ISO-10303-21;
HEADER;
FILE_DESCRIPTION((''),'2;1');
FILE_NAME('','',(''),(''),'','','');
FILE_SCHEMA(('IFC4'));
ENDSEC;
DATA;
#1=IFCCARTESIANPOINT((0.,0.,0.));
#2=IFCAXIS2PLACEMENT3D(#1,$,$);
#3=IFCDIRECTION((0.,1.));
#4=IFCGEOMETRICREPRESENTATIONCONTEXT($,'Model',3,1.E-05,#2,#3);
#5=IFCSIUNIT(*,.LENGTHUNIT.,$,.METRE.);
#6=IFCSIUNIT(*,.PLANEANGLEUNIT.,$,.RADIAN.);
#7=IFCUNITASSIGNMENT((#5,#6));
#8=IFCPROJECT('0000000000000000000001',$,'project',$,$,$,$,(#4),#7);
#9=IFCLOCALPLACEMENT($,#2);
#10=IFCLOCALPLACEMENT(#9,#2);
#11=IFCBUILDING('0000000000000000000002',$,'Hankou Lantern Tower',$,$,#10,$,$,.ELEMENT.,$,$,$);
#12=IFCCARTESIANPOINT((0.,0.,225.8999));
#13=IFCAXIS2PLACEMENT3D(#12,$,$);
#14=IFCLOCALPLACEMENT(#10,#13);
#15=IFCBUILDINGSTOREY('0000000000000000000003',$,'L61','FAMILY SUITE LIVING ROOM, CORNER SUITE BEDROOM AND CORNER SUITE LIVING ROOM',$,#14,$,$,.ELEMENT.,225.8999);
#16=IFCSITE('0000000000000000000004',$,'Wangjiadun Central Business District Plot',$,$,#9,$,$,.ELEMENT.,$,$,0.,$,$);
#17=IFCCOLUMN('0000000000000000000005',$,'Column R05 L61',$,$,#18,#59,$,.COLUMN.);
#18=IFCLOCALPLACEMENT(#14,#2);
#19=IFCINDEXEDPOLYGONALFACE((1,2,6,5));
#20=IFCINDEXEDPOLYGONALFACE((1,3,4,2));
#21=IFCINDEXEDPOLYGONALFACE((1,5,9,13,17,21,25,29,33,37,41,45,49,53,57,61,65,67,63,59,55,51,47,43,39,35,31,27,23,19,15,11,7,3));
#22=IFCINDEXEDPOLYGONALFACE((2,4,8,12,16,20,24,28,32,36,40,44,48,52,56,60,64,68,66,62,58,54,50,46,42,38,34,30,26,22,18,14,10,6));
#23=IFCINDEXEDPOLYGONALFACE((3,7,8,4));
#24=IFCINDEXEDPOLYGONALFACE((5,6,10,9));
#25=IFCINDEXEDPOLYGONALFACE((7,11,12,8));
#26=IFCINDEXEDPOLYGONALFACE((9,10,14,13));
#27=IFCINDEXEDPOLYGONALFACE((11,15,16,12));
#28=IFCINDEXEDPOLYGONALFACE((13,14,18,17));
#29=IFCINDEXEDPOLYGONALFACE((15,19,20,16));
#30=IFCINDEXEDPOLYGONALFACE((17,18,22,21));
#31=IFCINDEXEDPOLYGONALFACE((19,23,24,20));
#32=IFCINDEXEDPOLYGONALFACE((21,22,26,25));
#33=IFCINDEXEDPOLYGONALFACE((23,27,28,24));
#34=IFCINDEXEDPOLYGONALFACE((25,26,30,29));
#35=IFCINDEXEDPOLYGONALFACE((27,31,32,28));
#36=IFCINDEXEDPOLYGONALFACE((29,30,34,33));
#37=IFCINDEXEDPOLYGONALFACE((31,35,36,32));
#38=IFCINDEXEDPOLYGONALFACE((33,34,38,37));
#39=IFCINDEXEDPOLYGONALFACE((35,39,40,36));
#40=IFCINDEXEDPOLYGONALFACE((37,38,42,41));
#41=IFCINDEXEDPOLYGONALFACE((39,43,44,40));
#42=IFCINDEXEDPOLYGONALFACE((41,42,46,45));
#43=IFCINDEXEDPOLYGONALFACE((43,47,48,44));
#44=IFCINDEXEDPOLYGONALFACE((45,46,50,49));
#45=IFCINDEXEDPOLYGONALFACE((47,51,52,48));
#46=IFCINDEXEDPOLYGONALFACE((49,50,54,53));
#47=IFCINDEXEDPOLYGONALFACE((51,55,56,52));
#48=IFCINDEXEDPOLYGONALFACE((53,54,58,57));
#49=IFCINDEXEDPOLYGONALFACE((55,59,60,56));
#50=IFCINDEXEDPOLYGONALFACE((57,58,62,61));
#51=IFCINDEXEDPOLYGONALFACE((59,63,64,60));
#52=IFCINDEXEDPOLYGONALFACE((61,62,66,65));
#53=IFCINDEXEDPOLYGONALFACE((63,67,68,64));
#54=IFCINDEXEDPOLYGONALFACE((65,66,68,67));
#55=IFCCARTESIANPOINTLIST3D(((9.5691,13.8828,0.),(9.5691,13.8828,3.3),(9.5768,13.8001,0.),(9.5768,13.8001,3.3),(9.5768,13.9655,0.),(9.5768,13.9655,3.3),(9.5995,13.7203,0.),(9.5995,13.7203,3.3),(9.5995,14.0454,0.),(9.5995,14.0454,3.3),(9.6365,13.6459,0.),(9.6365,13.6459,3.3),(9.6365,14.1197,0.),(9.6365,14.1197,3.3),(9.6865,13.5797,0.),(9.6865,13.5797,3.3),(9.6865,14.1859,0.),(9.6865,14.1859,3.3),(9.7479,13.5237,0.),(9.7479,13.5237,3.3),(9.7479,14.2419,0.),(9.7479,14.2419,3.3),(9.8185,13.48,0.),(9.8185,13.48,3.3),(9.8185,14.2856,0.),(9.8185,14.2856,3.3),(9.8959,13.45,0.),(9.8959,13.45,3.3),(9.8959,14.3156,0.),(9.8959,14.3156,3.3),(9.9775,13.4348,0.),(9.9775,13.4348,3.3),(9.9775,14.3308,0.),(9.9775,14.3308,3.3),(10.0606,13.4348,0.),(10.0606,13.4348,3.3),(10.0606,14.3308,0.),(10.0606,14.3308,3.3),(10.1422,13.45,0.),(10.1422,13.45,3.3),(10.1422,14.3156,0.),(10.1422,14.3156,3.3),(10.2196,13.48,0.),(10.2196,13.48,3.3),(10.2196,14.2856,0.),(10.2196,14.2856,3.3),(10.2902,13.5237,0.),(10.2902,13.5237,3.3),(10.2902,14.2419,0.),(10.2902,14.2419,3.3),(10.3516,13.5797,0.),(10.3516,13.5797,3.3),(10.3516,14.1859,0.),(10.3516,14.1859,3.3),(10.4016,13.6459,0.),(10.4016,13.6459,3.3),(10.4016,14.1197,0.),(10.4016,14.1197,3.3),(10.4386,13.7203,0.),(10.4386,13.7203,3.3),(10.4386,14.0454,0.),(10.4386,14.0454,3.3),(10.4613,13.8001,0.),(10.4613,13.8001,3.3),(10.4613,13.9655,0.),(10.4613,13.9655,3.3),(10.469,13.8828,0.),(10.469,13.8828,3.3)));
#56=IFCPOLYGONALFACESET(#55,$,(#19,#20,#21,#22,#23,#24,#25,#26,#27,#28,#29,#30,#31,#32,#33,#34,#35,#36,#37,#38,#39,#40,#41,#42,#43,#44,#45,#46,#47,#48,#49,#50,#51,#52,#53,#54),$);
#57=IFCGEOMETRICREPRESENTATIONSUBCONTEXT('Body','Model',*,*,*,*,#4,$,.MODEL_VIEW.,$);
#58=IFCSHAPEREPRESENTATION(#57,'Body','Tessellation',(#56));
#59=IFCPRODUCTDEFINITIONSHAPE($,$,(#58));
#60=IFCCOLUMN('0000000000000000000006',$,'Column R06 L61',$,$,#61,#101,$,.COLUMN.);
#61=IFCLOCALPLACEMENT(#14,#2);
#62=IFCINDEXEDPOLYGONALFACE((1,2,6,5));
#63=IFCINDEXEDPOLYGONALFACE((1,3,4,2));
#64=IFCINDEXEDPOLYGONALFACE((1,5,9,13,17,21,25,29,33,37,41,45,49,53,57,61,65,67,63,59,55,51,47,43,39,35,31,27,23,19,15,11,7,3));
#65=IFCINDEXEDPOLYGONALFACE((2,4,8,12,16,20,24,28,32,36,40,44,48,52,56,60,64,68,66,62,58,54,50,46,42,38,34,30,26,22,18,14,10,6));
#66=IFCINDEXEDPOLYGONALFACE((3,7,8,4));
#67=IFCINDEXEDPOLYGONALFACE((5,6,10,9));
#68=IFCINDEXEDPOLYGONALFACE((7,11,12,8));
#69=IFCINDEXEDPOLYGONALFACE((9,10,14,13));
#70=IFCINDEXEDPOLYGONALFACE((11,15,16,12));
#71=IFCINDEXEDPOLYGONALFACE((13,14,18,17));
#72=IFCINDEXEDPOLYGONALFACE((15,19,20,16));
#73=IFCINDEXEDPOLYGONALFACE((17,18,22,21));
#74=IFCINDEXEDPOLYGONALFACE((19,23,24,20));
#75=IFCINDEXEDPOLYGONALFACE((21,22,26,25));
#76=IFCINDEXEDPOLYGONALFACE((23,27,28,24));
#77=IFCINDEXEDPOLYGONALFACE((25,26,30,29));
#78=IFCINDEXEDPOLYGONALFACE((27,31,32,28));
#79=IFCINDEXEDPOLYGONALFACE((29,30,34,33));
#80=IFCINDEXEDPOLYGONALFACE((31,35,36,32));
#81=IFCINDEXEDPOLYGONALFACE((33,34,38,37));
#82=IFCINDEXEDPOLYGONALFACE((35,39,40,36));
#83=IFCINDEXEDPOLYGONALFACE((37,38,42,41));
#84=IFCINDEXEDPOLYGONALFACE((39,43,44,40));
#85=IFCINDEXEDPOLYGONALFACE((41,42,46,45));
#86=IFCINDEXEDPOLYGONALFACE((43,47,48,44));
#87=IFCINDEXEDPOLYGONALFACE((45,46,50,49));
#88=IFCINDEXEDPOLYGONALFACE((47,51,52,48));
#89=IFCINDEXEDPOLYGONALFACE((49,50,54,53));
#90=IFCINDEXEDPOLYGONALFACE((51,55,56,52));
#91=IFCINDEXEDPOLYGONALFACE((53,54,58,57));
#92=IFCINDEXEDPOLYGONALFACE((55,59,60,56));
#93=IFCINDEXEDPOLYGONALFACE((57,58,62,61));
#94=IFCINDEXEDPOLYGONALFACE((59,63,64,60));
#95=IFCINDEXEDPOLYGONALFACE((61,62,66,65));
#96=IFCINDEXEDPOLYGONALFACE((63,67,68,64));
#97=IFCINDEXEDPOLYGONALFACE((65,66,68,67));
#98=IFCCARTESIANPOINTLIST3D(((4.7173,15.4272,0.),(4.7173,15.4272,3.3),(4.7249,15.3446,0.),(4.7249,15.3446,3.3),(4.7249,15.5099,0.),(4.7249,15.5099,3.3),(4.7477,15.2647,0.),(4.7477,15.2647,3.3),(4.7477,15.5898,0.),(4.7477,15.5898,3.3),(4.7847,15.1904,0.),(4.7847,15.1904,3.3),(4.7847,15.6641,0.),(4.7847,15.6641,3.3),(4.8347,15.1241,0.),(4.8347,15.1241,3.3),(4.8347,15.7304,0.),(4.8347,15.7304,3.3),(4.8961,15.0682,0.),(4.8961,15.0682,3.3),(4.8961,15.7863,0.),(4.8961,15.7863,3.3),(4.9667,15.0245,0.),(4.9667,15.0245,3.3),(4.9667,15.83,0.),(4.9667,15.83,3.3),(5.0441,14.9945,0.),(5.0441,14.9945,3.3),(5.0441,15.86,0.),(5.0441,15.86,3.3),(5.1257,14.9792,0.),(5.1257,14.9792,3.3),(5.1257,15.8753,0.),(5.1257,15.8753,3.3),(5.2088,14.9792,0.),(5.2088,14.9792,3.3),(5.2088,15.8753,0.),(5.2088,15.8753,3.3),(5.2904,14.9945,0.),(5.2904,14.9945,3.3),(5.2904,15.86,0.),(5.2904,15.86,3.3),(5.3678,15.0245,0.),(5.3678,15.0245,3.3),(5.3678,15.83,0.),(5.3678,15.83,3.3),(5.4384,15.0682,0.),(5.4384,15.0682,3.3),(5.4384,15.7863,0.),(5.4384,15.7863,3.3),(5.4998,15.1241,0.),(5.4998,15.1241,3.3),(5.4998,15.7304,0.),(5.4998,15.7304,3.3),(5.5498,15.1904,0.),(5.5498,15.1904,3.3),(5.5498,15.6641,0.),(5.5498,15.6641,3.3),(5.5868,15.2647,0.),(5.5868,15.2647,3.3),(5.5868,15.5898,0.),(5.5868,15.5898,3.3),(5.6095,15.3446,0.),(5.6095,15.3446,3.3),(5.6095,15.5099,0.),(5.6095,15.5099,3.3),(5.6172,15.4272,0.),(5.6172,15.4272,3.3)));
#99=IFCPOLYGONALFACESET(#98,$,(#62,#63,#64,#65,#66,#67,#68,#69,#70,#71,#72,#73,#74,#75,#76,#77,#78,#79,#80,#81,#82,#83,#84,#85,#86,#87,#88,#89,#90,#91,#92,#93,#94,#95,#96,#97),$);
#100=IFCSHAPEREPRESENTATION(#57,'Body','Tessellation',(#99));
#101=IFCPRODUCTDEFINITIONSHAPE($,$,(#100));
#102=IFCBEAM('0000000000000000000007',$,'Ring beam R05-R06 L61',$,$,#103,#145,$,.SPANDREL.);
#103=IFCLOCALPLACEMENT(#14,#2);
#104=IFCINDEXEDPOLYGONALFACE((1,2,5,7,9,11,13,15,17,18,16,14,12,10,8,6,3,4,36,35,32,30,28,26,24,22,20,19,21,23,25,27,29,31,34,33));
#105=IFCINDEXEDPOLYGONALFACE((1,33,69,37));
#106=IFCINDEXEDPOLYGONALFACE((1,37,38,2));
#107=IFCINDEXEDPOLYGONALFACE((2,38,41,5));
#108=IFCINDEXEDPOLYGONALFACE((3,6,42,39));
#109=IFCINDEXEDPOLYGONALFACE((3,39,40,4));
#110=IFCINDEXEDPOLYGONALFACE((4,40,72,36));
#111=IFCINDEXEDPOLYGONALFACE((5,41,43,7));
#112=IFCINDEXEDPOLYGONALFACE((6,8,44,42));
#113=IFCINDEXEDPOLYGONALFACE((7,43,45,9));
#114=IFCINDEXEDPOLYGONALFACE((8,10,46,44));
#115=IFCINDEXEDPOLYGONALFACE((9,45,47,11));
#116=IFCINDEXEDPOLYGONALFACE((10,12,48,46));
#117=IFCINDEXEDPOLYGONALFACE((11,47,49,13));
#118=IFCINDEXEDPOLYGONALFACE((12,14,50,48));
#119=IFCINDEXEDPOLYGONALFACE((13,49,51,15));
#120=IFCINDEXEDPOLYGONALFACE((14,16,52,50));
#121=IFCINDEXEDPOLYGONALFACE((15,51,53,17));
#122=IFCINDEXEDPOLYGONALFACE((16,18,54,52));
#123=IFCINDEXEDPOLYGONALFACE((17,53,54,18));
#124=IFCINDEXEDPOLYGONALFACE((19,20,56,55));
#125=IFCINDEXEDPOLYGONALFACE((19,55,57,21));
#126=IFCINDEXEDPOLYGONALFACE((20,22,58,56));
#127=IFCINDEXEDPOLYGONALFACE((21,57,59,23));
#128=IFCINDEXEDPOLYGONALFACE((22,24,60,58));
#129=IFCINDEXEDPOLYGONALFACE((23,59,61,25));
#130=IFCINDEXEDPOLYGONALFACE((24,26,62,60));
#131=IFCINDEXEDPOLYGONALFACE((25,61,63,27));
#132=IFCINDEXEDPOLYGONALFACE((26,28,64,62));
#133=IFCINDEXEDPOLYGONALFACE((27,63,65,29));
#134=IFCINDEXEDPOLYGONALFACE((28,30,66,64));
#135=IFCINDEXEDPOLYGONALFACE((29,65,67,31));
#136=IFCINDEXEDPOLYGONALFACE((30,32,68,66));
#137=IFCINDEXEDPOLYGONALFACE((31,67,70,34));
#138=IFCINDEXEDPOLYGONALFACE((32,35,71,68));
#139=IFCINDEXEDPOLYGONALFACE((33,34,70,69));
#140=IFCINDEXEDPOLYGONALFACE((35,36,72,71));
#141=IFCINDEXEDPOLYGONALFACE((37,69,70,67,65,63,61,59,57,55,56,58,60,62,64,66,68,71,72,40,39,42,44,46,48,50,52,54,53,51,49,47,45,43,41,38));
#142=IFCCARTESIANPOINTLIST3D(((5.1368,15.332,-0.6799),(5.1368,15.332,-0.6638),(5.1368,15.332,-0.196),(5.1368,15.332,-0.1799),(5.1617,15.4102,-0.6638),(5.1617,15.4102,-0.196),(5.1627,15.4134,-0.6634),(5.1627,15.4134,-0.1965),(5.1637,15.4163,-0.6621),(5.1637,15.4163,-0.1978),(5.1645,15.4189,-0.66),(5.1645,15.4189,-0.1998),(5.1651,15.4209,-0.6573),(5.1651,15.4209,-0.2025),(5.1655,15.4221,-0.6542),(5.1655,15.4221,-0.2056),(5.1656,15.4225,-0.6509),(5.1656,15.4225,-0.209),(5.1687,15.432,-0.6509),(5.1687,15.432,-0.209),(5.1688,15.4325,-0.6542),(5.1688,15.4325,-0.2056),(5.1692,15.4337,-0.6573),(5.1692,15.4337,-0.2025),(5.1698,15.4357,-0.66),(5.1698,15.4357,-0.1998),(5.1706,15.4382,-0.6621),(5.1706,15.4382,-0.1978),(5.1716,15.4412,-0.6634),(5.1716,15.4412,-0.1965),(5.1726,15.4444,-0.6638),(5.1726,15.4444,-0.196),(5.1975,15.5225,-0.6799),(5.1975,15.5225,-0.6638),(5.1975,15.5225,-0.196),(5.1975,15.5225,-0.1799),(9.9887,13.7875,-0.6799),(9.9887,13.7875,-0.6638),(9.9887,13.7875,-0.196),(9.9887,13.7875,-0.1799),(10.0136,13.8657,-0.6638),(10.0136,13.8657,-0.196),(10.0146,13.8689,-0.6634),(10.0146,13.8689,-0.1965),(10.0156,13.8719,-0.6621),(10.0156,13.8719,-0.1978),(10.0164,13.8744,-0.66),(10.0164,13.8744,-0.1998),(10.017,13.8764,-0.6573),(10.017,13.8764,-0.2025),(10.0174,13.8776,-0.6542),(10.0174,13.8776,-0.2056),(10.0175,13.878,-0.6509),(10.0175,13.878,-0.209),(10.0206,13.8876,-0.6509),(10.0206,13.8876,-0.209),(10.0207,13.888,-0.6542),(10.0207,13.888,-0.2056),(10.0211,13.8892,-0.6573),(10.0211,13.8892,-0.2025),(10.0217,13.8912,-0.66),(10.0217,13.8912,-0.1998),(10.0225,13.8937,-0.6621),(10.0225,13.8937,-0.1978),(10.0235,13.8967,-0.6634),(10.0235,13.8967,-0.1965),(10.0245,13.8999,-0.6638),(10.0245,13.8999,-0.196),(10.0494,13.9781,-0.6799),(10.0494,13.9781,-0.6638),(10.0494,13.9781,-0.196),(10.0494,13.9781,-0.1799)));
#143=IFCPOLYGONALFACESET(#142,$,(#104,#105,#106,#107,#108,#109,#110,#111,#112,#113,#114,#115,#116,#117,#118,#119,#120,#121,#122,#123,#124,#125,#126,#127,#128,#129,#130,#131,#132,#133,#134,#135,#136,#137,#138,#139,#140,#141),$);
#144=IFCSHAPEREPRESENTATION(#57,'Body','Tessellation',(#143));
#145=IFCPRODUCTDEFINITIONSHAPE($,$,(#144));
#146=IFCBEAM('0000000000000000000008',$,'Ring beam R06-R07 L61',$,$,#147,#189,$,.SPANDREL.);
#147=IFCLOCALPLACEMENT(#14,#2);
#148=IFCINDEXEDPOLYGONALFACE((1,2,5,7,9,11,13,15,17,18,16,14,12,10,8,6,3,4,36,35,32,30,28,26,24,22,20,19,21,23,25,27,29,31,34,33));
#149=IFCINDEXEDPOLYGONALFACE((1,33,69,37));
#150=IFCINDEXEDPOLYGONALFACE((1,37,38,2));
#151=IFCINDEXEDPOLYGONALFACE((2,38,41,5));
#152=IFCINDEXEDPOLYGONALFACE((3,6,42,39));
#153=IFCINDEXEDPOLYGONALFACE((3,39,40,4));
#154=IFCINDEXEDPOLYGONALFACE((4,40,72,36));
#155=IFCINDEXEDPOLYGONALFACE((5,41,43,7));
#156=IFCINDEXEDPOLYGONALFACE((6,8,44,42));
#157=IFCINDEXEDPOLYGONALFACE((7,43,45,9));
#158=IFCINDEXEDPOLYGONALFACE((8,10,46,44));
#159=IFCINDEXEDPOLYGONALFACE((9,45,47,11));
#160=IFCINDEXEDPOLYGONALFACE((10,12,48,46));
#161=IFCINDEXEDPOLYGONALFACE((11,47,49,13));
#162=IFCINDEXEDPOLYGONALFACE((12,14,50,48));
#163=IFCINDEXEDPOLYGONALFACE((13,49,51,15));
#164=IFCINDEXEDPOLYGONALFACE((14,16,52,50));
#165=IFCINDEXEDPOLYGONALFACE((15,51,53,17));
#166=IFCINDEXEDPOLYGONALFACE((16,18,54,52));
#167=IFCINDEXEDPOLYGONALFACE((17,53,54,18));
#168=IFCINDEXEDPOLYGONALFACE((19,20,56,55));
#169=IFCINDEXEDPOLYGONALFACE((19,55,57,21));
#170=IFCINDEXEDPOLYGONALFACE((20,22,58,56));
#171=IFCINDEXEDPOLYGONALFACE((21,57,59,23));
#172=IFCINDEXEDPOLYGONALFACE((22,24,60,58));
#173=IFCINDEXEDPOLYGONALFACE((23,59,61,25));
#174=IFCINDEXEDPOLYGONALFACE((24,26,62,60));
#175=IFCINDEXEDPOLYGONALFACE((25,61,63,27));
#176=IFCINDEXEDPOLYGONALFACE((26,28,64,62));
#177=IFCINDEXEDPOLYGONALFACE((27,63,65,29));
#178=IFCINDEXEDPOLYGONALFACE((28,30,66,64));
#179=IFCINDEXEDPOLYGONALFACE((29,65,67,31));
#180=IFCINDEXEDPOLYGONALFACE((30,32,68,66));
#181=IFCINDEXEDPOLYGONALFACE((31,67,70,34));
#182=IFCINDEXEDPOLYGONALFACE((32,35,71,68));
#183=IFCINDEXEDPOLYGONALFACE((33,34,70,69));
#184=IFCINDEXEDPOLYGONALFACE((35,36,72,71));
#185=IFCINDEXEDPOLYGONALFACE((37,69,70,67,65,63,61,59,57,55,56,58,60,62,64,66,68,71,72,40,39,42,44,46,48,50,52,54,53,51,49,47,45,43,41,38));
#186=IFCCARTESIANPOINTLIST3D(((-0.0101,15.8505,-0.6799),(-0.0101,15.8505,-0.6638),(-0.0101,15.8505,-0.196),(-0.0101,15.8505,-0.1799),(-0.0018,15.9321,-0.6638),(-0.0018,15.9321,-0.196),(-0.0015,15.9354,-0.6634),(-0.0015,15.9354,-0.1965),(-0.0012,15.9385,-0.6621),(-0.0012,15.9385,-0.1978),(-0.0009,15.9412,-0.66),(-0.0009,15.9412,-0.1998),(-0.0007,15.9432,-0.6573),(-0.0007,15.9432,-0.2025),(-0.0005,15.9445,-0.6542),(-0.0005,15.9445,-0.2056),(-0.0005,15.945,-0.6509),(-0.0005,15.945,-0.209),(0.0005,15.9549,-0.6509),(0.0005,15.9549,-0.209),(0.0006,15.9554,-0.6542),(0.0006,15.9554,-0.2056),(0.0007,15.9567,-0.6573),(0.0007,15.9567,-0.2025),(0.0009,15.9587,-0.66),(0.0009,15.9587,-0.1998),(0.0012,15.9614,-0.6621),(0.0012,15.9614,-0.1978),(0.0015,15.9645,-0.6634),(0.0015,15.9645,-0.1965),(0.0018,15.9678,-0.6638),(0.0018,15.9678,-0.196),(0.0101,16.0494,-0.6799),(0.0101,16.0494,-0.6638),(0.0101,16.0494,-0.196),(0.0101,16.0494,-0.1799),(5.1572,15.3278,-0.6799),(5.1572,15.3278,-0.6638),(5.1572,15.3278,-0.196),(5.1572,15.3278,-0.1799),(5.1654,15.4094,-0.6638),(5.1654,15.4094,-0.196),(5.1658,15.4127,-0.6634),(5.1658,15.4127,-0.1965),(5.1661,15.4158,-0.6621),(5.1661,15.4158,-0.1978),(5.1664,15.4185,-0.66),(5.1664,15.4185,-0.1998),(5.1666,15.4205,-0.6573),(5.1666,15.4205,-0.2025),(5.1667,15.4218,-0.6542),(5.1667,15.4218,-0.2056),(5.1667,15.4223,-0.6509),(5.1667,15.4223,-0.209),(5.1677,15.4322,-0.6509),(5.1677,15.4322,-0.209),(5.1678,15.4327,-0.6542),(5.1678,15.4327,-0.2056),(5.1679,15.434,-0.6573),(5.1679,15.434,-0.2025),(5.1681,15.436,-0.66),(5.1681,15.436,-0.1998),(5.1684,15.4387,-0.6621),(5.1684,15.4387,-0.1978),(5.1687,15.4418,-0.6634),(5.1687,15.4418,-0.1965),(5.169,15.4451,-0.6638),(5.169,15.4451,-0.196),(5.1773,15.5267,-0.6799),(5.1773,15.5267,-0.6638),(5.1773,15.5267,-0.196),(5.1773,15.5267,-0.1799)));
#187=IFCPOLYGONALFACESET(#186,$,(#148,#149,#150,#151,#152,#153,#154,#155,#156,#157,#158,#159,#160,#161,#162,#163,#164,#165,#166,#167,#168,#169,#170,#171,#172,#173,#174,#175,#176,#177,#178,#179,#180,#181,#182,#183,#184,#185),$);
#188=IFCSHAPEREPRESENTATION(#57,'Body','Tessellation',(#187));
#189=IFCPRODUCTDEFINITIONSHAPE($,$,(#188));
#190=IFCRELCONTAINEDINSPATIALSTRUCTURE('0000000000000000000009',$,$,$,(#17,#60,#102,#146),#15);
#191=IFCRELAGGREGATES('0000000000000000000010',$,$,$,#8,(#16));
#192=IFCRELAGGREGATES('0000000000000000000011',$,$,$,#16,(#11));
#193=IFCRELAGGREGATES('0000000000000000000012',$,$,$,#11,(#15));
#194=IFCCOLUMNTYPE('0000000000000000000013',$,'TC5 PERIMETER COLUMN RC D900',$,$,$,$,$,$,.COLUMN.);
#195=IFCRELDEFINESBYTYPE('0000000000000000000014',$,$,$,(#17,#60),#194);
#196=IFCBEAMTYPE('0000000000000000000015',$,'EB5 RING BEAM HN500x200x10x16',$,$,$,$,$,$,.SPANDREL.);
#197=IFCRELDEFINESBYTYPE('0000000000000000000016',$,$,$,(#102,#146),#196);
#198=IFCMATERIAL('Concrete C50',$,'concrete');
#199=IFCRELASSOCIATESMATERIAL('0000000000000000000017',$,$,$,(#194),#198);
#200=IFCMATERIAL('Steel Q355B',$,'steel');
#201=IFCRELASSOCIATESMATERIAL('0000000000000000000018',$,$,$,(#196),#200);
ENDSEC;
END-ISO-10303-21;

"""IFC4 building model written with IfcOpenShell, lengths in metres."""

from ifc_helpers import new_model, si_unit, direction, frame, origin, origin_2d, place, context, subcontext, project, spatial, circle, i_section, extrude, material, material_profile, profile_set, type_object, element, save


model = new_model("IFC4")

# Units and contexts
model_context = context("Model", 3, precision=1e-05, world=origin(), true_north=direction((0.0, 1.0)))
body_context = subcontext(model_context, "Body", "Model", "MODEL_VIEW")
ifc_project = project(units=[si_unit("LENGTHUNIT", "METRE"), si_unit("PLANEANGLEUNIT", "RADIAN")], contexts=[model_context])

# Site, building, storey
site_placement = place(None, origin())
site = spatial("IfcSite", under=ifc_project, at=site_placement, Name="Wangjiadun Central Business District Plot", CompositionType="ELEMENT", RefElevation=0.0)
building_placement = place(site_placement, origin())
building = spatial("IfcBuilding", under=site, at=building_placement, Name="Hankou Lantern Tower", CompositionType="ELEMENT")
storey_placement = place(building_placement, frame((0.0, 0.0, 225.8999)))
storey = spatial("IfcBuildingStorey", under=building, at=storey_placement, Name="L61", Description="FAMILY SUITE LIVING ROOM, CORNER SUITE BEDROOM AND CORNER SUITE LIVING ROOM", CompositionType="ELEMENT", Elevation=225.8999)

# Columns
ifc_material_1 = material(Name="Concrete C50", Category="concrete")
ifc_material_profile_1 = material_profile(ifc_material_1, circle(Radius=0.45, at=origin_2d()), Name="RC D900")
ifc_profile_set_1 = profile_set([ifc_material_profile_1], Name="Concrete C50")
column_type = type_object("IfcColumnType", Name="TC5 PERIMETER COLUMN RC D900", PredefinedType="COLUMN", material=ifc_profile_set_1)
for number, where, z_axis, x_axis, name in (
    (1, (10.019, 13.8828, 0.0), (0.0, 0.0, 1.0), (1.0, 0.0, 0.0), "Column R05 L61"),
    (2, (5.1672, 15.4272, 0.0), (0.0, 0.0, 1.0), (1.0, 0.0, 0.0), "Column R06 L61"),
):
    element("IfcColumn", number, at=place(storey_placement, frame(where, z_axis=z_axis, x_axis=x_axis)), inside=storey, type_object=column_type, Name=name, PredefinedType="COLUMN", context=body_context, shape_type="SweptSolid", body=[
        extrude(circle(Radius=0.45, at=origin_2d()), origin(), (0.0, 0.0, 1.0), 3.3),
    ])

# Beams
ifc_material_2 = material(Name="Steel Q355B", Category="steel")
ifc_material_profile_2 = material_profile(ifc_material_2, i_section(OverallWidth=0.2, OverallDepth=0.5, WebThickness=0.01, FlangeThickness=0.0161, FilletRadius=0.0129, at=origin_2d()), Name="HN500x200x10x16")
ifc_profile_set_2 = profile_set([ifc_material_profile_2], Name="Steel Q355B")
beam_type_1 = type_object("IfcBeamType", Name="EB5 RING BEAM HN500x200x10x16", PredefinedType="SPANDREL", material=ifc_profile_set_2)
beam_1_placement = place(storey_placement, frame((10.019, 13.8828, -0.4299), z_axis=(-0.952887, 0.303324, 0.0), x_axis=(-0.303324, -0.952887, 0.0)))
element("IfcBeam", 3, at=beam_1_placement, inside=storey, type_object=beam_type_1, Name="Ring beam R05-R06 L61", PredefinedType="SPANDREL", context=body_context, shape_type="SweptSolid", body=[
    extrude(i_section(OverallWidth=0.2, OverallDepth=0.5, WebThickness=0.01, FlangeThickness=0.0161, FilletRadius=0.0129, at=origin_2d()), origin(), (0.0, 0.0, 1.0), 5.0918),
])
beam_2_placement = place(storey_placement, frame((5.1672, 15.4272, -0.4299), z_axis=(-0.994923, 0.100644, 0.0), x_axis=(-0.100644, -0.994923, 0.0)))
element("IfcBeam", 4, at=beam_2_placement, inside=storey, type_object=beam_type_1, Name="Ring beam R06-R07 L61", PredefinedType="SPANDREL", context=body_context, shape_type="SweptSolid", body=[
    extrude(i_section(OverallWidth=0.2, OverallDepth=0.5, WebThickness=0.01, FlangeThickness=0.0161, FilletRadius=0.0129, at=origin_2d()), origin(), (0.0, 0.0, 1.0), 5.1936),
])

save(model, "model.ifc")
